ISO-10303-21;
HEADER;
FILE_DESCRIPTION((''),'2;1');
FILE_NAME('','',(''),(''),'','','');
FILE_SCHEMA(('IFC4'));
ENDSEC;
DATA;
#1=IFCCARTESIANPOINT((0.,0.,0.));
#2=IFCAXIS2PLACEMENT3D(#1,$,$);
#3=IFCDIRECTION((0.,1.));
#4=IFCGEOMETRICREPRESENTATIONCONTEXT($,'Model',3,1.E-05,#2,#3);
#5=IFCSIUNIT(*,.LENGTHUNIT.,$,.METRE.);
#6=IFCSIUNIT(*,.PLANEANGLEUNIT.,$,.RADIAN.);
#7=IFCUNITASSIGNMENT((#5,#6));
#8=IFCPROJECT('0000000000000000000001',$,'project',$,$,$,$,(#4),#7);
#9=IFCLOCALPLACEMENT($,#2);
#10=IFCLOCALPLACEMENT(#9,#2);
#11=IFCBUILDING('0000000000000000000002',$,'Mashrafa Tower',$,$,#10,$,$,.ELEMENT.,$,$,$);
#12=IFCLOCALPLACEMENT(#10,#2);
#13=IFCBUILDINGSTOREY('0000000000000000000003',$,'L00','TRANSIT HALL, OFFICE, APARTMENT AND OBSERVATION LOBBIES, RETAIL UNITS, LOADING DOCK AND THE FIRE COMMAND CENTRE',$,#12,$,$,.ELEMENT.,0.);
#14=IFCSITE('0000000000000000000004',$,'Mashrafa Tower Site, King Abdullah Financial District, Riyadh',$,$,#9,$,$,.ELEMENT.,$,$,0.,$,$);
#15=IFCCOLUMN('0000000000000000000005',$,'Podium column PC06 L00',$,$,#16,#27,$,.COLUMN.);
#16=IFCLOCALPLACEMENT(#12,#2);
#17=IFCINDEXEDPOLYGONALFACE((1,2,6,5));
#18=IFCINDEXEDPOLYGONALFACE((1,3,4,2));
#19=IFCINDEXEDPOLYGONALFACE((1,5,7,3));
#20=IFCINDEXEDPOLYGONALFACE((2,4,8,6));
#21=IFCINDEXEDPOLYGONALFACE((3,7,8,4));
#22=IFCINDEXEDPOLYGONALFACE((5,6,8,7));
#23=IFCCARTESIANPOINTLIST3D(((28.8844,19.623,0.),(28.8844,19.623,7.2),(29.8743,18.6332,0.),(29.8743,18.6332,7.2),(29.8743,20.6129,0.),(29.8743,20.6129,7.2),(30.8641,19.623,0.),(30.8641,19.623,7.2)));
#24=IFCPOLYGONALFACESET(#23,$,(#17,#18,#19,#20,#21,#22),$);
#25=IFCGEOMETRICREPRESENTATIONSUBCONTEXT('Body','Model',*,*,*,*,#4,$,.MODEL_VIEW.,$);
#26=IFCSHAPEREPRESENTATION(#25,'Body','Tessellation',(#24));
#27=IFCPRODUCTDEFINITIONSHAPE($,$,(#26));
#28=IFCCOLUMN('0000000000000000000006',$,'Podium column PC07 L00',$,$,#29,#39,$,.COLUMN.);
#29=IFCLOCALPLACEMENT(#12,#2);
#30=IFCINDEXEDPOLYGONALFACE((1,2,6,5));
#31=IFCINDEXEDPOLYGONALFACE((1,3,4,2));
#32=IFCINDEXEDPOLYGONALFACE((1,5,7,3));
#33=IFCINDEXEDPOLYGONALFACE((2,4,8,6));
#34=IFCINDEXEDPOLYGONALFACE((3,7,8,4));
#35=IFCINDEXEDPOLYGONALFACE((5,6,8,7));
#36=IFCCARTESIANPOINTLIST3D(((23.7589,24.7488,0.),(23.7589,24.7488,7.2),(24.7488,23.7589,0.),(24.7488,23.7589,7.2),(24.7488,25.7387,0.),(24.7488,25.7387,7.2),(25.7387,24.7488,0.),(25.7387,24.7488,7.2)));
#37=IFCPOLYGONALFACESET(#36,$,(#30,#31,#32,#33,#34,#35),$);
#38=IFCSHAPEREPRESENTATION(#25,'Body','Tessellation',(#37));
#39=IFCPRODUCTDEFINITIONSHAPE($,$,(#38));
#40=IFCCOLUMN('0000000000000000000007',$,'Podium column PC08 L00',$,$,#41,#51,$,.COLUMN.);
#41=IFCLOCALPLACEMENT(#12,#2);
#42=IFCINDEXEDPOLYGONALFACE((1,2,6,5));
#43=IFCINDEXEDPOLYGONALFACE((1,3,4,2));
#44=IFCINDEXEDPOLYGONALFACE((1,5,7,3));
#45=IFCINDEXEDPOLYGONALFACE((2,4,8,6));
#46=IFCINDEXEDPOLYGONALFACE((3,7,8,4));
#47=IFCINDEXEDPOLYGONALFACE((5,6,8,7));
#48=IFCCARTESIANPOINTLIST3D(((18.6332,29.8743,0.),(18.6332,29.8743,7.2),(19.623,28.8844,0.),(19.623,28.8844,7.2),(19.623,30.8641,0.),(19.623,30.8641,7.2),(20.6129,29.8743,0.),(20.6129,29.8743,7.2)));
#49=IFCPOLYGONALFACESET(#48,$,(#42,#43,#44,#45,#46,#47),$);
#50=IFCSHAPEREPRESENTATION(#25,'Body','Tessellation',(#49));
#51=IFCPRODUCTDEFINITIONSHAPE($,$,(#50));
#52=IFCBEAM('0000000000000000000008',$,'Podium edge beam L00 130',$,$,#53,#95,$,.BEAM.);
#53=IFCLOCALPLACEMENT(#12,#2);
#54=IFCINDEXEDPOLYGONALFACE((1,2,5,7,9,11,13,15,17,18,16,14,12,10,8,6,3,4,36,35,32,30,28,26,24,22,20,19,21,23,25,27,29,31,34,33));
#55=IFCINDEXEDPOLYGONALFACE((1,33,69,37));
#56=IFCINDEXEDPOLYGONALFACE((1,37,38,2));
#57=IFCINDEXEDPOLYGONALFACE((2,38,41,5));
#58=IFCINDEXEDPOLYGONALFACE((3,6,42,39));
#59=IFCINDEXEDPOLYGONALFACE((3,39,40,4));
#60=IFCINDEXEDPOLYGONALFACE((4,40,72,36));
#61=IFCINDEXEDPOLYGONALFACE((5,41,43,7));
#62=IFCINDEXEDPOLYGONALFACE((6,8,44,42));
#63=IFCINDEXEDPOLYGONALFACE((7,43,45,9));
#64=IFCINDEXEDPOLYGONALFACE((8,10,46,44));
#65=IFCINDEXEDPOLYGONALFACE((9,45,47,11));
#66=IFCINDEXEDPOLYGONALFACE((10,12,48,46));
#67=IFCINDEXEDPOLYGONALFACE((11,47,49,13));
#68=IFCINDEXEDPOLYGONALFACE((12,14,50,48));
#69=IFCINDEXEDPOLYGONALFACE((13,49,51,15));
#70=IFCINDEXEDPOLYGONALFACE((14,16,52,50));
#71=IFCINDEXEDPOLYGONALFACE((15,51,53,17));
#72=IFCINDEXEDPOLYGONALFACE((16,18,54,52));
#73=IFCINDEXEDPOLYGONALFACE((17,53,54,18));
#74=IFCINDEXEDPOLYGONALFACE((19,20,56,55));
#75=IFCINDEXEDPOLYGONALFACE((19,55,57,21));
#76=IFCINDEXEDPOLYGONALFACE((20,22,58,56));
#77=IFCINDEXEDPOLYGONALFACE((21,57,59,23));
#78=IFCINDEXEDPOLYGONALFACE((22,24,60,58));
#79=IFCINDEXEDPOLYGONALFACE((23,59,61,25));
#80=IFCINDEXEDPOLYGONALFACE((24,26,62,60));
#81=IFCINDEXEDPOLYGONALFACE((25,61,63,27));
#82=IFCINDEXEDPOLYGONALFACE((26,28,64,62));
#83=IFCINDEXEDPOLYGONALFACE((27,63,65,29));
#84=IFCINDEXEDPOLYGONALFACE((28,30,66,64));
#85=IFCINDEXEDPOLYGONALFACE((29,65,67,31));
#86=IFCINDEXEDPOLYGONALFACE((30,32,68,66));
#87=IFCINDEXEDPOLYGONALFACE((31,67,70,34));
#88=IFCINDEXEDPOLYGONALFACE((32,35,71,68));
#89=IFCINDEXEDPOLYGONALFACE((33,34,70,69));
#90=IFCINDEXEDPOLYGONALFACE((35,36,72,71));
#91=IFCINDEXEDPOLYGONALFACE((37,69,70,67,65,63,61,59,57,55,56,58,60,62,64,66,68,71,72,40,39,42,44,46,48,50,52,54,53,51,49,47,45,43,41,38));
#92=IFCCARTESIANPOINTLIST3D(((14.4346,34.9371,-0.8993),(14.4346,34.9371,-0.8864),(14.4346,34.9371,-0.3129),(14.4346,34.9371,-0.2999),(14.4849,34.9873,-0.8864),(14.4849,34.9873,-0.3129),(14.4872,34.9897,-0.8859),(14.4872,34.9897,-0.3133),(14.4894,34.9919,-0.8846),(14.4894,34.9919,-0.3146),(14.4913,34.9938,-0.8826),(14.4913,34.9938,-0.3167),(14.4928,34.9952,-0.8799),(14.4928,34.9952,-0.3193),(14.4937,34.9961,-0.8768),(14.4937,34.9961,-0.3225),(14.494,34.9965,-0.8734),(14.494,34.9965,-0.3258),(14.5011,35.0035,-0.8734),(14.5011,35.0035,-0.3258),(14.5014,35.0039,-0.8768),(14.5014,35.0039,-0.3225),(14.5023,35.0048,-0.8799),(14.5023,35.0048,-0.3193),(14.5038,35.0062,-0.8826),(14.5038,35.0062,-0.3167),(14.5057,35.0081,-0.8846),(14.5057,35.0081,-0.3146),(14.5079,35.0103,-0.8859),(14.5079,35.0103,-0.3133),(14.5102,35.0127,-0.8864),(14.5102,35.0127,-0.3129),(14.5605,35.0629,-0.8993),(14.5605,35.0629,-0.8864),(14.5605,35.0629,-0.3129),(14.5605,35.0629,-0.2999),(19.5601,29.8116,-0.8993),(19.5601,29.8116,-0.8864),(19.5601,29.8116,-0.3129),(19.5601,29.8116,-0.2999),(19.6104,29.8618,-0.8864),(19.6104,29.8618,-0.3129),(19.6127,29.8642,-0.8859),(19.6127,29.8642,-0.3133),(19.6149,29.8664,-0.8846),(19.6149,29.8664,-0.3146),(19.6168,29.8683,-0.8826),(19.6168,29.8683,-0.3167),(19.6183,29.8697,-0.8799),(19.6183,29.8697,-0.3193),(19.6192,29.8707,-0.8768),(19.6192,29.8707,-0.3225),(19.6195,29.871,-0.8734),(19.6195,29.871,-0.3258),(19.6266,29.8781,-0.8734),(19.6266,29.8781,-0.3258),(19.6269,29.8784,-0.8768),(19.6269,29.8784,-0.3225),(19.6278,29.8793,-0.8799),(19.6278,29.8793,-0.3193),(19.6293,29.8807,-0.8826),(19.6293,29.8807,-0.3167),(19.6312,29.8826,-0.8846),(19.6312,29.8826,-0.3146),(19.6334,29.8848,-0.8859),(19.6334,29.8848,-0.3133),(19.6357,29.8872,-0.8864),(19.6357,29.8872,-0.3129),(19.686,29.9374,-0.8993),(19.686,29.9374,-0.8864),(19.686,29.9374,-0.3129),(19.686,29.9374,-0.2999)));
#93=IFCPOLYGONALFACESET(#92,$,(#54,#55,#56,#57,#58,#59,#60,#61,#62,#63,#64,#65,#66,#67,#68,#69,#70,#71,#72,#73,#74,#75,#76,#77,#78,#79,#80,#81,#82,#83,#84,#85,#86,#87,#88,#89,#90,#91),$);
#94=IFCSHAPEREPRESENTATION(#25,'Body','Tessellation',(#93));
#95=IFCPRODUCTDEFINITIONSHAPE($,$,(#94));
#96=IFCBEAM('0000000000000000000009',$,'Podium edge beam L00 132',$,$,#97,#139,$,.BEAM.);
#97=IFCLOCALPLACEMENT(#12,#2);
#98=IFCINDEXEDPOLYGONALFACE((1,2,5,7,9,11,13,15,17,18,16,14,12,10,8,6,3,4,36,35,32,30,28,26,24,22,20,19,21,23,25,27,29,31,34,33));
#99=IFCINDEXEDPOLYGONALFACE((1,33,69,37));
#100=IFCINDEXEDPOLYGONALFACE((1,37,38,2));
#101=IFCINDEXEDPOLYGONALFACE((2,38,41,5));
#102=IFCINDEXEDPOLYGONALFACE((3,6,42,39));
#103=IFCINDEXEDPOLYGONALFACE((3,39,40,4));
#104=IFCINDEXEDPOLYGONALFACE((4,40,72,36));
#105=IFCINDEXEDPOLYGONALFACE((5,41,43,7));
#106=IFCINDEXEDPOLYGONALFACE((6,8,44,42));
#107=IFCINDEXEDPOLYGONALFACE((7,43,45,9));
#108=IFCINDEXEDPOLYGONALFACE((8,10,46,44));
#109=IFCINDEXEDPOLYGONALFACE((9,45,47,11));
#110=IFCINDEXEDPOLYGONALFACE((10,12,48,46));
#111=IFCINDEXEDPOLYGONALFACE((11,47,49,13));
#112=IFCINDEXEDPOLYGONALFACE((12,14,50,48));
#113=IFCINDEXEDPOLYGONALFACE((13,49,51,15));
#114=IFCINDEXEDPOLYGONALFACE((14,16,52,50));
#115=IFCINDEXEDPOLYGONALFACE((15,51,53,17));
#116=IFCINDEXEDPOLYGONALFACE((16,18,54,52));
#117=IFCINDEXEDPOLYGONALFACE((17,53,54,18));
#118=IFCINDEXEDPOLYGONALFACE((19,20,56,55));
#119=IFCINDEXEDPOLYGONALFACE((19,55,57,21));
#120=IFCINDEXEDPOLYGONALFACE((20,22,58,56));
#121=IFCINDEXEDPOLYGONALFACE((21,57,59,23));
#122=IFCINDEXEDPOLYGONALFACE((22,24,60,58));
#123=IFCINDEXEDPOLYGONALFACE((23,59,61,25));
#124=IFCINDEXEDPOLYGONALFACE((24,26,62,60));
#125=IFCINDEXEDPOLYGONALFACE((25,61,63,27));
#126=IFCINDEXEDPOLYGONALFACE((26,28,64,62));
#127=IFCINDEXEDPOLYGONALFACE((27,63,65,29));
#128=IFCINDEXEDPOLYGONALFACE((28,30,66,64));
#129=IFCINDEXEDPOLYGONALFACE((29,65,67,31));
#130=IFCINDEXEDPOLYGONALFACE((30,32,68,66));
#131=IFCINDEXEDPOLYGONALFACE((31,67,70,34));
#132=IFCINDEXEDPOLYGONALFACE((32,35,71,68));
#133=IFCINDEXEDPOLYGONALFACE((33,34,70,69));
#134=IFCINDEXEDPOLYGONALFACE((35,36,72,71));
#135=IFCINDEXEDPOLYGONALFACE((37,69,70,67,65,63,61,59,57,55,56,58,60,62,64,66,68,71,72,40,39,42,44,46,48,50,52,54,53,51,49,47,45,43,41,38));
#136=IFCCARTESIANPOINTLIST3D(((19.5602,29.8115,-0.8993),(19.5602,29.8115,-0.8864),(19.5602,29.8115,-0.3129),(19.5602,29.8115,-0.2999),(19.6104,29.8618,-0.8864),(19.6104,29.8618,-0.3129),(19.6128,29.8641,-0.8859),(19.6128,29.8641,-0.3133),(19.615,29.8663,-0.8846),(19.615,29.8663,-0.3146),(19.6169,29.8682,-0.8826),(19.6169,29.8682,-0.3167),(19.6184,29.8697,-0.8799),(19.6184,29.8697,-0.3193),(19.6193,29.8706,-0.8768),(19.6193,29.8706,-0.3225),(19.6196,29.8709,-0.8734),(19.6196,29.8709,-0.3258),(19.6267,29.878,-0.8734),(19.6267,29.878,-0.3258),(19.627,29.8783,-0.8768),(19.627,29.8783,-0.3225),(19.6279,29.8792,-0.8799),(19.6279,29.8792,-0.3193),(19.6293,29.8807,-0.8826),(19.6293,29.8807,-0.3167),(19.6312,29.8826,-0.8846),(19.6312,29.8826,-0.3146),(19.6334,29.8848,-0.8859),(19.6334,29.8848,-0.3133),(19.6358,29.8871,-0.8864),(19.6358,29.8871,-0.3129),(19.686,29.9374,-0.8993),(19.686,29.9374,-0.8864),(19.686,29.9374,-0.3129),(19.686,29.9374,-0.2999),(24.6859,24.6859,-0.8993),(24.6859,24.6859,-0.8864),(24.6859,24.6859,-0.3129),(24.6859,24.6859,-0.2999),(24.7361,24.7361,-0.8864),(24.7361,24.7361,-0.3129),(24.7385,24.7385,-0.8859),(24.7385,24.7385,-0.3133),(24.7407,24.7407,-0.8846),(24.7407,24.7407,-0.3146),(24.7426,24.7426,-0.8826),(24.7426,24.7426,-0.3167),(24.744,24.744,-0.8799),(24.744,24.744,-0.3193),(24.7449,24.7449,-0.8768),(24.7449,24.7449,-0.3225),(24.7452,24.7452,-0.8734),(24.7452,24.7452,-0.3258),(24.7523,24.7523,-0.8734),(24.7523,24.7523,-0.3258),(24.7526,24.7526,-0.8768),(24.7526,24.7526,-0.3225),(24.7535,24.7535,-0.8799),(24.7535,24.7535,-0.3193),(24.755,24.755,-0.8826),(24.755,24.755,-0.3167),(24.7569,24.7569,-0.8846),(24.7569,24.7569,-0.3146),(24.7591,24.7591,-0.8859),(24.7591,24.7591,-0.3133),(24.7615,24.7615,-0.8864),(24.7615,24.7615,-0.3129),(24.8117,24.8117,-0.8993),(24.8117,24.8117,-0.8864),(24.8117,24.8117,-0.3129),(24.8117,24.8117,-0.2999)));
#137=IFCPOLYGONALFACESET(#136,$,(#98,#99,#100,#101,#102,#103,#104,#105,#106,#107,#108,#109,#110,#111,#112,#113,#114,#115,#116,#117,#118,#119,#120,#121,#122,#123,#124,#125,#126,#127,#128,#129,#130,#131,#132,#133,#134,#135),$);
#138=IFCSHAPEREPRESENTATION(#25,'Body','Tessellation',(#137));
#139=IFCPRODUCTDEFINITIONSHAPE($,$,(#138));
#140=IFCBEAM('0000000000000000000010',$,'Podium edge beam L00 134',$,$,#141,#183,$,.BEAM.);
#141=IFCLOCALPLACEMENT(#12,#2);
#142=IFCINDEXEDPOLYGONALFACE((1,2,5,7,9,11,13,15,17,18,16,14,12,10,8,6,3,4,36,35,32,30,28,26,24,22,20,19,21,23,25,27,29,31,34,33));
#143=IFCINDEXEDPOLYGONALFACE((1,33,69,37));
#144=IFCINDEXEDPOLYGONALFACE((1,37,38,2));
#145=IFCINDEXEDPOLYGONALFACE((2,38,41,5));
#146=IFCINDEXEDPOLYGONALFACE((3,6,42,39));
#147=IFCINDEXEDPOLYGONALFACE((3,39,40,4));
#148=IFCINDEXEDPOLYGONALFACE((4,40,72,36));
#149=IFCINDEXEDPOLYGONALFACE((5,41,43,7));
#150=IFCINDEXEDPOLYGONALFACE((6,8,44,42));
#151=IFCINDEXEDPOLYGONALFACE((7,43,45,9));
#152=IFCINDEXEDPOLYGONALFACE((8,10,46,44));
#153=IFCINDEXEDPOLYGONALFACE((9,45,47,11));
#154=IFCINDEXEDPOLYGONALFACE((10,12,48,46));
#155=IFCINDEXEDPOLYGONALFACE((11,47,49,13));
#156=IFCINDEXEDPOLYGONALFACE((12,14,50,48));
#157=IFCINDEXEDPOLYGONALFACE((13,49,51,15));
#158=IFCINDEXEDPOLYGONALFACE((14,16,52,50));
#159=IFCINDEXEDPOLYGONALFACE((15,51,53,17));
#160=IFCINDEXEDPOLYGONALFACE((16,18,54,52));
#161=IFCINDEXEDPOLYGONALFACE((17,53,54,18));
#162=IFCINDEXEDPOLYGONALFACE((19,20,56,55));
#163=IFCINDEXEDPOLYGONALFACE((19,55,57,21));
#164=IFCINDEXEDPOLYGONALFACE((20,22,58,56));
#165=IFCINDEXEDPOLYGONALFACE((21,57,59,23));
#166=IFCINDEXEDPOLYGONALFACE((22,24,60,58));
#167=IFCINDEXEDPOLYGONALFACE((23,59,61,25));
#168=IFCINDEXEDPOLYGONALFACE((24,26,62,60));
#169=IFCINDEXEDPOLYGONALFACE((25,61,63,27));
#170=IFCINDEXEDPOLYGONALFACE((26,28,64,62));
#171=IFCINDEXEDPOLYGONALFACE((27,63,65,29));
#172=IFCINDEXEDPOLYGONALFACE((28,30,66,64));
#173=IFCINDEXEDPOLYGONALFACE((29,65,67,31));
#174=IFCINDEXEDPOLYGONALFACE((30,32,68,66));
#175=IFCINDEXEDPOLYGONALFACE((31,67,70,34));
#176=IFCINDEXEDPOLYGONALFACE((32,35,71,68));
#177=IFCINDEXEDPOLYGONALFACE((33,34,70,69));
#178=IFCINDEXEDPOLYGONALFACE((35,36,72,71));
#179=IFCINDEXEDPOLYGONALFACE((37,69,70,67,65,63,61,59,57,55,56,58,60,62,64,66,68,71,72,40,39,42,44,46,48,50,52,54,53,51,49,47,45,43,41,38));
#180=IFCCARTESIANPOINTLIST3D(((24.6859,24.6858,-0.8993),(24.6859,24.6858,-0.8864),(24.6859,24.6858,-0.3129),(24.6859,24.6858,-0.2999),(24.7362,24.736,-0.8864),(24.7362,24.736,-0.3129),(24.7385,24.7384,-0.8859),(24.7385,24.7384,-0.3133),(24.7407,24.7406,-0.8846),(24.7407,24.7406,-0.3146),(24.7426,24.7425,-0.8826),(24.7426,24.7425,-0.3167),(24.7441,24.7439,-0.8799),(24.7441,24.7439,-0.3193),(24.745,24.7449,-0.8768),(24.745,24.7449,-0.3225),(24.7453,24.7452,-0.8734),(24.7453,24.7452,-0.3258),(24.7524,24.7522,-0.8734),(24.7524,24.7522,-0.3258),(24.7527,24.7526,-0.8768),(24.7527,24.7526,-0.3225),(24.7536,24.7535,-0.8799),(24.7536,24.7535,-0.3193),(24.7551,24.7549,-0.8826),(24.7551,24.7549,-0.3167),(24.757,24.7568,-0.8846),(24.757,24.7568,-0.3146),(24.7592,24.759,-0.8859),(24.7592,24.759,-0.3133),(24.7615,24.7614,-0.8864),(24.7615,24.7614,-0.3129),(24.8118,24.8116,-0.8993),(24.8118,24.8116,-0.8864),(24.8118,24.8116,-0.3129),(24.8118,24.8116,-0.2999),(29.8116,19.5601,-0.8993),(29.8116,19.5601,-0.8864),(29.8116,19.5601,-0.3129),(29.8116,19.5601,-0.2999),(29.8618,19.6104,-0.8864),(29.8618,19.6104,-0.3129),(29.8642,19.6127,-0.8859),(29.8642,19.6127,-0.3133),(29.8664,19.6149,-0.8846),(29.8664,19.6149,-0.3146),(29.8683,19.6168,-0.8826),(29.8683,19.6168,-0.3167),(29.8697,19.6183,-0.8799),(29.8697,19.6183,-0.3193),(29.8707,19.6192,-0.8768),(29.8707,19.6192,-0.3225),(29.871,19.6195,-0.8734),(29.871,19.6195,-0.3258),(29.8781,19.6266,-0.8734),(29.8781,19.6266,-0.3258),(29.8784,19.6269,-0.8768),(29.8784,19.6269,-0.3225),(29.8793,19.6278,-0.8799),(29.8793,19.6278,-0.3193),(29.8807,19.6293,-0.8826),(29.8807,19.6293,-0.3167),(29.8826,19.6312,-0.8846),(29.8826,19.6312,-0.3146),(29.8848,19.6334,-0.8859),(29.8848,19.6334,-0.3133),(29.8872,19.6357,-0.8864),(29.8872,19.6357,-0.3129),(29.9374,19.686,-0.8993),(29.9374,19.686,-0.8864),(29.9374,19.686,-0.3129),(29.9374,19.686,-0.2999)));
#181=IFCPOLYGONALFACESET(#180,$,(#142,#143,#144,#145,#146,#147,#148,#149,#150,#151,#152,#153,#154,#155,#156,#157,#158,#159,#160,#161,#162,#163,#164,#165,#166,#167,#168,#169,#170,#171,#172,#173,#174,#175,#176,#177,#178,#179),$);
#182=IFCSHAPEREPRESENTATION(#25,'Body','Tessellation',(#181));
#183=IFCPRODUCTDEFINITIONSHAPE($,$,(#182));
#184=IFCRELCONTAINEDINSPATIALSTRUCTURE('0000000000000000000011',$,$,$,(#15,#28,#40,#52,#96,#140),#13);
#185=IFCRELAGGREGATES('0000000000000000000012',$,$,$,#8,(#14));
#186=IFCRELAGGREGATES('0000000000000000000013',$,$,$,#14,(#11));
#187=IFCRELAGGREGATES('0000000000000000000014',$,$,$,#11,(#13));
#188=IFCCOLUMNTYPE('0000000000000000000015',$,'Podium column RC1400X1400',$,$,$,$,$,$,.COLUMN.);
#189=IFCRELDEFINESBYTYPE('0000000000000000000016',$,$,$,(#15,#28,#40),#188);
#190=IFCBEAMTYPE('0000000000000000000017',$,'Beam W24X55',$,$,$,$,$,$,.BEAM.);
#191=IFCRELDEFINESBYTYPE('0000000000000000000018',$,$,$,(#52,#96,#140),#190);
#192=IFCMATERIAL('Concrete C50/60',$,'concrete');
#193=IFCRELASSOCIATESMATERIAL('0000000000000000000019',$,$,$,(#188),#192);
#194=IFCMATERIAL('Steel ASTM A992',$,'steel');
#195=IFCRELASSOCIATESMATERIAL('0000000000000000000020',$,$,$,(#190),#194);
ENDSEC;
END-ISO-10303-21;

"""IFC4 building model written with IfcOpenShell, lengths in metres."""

from ifc_helpers import new_model, si_unit, direction, frame, origin, origin_2d, place, context, subcontext, project, spatial, rectangle, i_section, extrude, material, material_profile, profile_set, type_object, element, save


model = new_model("IFC4")

# Units and contexts
model_context = context("Model", 3, precision=1e-05, world=origin(), true_north=direction((0.0, 1.0)))
body_context = subcontext(model_context, "Body", "Model", "MODEL_VIEW")
ifc_project = project(units=[si_unit("LENGTHUNIT", "METRE"), si_unit("PLANEANGLEUNIT", "RADIAN")], contexts=[model_context])

# Site, building, storey
site_placement = place(None, origin())
site = spatial("IfcSite", under=ifc_project, at=site_placement, Name="Mashrafa Tower Site, King Abdullah Financial District, Riyadh", CompositionType="ELEMENT", RefElevation=0.0)
building_placement = place(site_placement, origin())
building = spatial("IfcBuilding", under=site, at=building_placement, Name="Mashrafa Tower", CompositionType="ELEMENT")
storey_placement = place(building_placement, origin())
storey = spatial("IfcBuildingStorey", under=building, at=storey_placement, Name="L00", Description="TRANSIT HALL, OFFICE, APARTMENT AND OBSERVATION LOBBIES, RETAIL UNITS, LOADING DOCK AND THE FIRE COMMAND CENTRE", CompositionType="ELEMENT", Elevation=0.0)

# Columns
ifc_material_1 = material(Name="Concrete C50/60", Category="concrete")
ifc_material_profile_1 = material_profile(ifc_material_1, rectangle(XDim=1.3999, YDim=1.3999, at=origin_2d()), Name="RC1400X1400")
ifc_profile_set_1 = profile_set([ifc_material_profile_1], Name="Concrete C50/60")
column_type = type_object("IfcColumnType", Name="Podium column RC1400X1400", PredefinedType="COLUMN", material=ifc_profile_set_1)
for number, where, z_axis, x_axis, name in (
    (1, (29.8743, 19.623, 0.0), (0.0, 0.0, 1.0), (0.707107, 0.707107, 0.0), "Podium column PC06 L00"),
    (2, (24.7488, 24.7488, 0.0), (0.0, 0.0, 1.0), (0.707107, 0.707107, 0.0), "Podium column PC07 L00"),
    (3, (19.623, 29.8743, 0.0), (0.0, 0.0, 1.0), (0.707107, 0.707107, 0.0), "Podium column PC08 L00"),
):
    element("IfcColumn", number, at=place(storey_placement, frame(where, z_axis=z_axis, x_axis=x_axis)), inside=storey, type_object=column_type, Name=name, PredefinedType="COLUMN", context=body_context, shape_type="SweptSolid", body=[
        extrude(rectangle(XDim=1.3999, YDim=1.3999, at=origin_2d()), origin(), (0.0, 0.0, 1.0), 7.2),
    ])

# Beams
ifc_material_2 = material(Name="Steel ASTM A992", Category="steel")
ifc_material_profile_2 = material_profile(ifc_material_2, i_section(OverallWidth=0.178, OverallDepth=0.5994, WebThickness=0.01, FlangeThickness=0.0129, FilletRadius=0.0129, at=origin_2d()), Name="W24X55")
ifc_profile_set_2 = profile_set([ifc_material_profile_2], Name="Steel ASTM A992")
beam_type_1 = type_object("IfcBeamType", Name="Beam W24X55", PredefinedType="BEAM", material=ifc_profile_set_2)
beam_1_placement = place(storey_placement, frame((19.623, 29.8745, -0.5996), z_axis=(-0.707107, 0.707107, 0.0), x_axis=(-0.707107, -0.707107, 0.0)))
element("IfcBeam", 4, at=beam_1_placement, inside=storey, type_object=beam_type_1, Name="Podium edge beam L00 130", PredefinedType="BEAM", context=body_context, shape_type="SweptSolid", body=[
    extrude(i_section(OverallWidth=0.178, OverallDepth=0.5994, WebThickness=0.01, FlangeThickness=0.0129, FilletRadius=0.0129, at=origin_2d()), origin(), (0.0, 0.0, 1.0), 7.2485),
])
for number, where, z_axis, x_axis, name in (
    (5, (24.7488, 24.7488, -0.5996), (-0.707107, 0.707107, 0.0), (-0.707107, -0.707107, 0.0), "Podium edge beam L00 132"),
    (6, (29.8745, 19.623, -0.5996), (-0.707107, 0.707107, 0.0), (-0.707107, -0.707107, 0.0), "Podium edge beam L00 134"),
):
    element("IfcBeam", number, at=place(storey_placement, frame(where, z_axis=z_axis, x_axis=x_axis)), inside=storey, type_object=beam_type_1, Name=name, PredefinedType="BEAM", context=body_context, shape_type="SweptSolid", body=[
        extrude(i_section(OverallWidth=0.178, OverallDepth=0.5994, WebThickness=0.01, FlangeThickness=0.0129, FilletRadius=0.0129, at=origin_2d()), origin(), (0.0, 0.0, 1.0), 7.2488),
    ])

save(model, "model.ifc")
